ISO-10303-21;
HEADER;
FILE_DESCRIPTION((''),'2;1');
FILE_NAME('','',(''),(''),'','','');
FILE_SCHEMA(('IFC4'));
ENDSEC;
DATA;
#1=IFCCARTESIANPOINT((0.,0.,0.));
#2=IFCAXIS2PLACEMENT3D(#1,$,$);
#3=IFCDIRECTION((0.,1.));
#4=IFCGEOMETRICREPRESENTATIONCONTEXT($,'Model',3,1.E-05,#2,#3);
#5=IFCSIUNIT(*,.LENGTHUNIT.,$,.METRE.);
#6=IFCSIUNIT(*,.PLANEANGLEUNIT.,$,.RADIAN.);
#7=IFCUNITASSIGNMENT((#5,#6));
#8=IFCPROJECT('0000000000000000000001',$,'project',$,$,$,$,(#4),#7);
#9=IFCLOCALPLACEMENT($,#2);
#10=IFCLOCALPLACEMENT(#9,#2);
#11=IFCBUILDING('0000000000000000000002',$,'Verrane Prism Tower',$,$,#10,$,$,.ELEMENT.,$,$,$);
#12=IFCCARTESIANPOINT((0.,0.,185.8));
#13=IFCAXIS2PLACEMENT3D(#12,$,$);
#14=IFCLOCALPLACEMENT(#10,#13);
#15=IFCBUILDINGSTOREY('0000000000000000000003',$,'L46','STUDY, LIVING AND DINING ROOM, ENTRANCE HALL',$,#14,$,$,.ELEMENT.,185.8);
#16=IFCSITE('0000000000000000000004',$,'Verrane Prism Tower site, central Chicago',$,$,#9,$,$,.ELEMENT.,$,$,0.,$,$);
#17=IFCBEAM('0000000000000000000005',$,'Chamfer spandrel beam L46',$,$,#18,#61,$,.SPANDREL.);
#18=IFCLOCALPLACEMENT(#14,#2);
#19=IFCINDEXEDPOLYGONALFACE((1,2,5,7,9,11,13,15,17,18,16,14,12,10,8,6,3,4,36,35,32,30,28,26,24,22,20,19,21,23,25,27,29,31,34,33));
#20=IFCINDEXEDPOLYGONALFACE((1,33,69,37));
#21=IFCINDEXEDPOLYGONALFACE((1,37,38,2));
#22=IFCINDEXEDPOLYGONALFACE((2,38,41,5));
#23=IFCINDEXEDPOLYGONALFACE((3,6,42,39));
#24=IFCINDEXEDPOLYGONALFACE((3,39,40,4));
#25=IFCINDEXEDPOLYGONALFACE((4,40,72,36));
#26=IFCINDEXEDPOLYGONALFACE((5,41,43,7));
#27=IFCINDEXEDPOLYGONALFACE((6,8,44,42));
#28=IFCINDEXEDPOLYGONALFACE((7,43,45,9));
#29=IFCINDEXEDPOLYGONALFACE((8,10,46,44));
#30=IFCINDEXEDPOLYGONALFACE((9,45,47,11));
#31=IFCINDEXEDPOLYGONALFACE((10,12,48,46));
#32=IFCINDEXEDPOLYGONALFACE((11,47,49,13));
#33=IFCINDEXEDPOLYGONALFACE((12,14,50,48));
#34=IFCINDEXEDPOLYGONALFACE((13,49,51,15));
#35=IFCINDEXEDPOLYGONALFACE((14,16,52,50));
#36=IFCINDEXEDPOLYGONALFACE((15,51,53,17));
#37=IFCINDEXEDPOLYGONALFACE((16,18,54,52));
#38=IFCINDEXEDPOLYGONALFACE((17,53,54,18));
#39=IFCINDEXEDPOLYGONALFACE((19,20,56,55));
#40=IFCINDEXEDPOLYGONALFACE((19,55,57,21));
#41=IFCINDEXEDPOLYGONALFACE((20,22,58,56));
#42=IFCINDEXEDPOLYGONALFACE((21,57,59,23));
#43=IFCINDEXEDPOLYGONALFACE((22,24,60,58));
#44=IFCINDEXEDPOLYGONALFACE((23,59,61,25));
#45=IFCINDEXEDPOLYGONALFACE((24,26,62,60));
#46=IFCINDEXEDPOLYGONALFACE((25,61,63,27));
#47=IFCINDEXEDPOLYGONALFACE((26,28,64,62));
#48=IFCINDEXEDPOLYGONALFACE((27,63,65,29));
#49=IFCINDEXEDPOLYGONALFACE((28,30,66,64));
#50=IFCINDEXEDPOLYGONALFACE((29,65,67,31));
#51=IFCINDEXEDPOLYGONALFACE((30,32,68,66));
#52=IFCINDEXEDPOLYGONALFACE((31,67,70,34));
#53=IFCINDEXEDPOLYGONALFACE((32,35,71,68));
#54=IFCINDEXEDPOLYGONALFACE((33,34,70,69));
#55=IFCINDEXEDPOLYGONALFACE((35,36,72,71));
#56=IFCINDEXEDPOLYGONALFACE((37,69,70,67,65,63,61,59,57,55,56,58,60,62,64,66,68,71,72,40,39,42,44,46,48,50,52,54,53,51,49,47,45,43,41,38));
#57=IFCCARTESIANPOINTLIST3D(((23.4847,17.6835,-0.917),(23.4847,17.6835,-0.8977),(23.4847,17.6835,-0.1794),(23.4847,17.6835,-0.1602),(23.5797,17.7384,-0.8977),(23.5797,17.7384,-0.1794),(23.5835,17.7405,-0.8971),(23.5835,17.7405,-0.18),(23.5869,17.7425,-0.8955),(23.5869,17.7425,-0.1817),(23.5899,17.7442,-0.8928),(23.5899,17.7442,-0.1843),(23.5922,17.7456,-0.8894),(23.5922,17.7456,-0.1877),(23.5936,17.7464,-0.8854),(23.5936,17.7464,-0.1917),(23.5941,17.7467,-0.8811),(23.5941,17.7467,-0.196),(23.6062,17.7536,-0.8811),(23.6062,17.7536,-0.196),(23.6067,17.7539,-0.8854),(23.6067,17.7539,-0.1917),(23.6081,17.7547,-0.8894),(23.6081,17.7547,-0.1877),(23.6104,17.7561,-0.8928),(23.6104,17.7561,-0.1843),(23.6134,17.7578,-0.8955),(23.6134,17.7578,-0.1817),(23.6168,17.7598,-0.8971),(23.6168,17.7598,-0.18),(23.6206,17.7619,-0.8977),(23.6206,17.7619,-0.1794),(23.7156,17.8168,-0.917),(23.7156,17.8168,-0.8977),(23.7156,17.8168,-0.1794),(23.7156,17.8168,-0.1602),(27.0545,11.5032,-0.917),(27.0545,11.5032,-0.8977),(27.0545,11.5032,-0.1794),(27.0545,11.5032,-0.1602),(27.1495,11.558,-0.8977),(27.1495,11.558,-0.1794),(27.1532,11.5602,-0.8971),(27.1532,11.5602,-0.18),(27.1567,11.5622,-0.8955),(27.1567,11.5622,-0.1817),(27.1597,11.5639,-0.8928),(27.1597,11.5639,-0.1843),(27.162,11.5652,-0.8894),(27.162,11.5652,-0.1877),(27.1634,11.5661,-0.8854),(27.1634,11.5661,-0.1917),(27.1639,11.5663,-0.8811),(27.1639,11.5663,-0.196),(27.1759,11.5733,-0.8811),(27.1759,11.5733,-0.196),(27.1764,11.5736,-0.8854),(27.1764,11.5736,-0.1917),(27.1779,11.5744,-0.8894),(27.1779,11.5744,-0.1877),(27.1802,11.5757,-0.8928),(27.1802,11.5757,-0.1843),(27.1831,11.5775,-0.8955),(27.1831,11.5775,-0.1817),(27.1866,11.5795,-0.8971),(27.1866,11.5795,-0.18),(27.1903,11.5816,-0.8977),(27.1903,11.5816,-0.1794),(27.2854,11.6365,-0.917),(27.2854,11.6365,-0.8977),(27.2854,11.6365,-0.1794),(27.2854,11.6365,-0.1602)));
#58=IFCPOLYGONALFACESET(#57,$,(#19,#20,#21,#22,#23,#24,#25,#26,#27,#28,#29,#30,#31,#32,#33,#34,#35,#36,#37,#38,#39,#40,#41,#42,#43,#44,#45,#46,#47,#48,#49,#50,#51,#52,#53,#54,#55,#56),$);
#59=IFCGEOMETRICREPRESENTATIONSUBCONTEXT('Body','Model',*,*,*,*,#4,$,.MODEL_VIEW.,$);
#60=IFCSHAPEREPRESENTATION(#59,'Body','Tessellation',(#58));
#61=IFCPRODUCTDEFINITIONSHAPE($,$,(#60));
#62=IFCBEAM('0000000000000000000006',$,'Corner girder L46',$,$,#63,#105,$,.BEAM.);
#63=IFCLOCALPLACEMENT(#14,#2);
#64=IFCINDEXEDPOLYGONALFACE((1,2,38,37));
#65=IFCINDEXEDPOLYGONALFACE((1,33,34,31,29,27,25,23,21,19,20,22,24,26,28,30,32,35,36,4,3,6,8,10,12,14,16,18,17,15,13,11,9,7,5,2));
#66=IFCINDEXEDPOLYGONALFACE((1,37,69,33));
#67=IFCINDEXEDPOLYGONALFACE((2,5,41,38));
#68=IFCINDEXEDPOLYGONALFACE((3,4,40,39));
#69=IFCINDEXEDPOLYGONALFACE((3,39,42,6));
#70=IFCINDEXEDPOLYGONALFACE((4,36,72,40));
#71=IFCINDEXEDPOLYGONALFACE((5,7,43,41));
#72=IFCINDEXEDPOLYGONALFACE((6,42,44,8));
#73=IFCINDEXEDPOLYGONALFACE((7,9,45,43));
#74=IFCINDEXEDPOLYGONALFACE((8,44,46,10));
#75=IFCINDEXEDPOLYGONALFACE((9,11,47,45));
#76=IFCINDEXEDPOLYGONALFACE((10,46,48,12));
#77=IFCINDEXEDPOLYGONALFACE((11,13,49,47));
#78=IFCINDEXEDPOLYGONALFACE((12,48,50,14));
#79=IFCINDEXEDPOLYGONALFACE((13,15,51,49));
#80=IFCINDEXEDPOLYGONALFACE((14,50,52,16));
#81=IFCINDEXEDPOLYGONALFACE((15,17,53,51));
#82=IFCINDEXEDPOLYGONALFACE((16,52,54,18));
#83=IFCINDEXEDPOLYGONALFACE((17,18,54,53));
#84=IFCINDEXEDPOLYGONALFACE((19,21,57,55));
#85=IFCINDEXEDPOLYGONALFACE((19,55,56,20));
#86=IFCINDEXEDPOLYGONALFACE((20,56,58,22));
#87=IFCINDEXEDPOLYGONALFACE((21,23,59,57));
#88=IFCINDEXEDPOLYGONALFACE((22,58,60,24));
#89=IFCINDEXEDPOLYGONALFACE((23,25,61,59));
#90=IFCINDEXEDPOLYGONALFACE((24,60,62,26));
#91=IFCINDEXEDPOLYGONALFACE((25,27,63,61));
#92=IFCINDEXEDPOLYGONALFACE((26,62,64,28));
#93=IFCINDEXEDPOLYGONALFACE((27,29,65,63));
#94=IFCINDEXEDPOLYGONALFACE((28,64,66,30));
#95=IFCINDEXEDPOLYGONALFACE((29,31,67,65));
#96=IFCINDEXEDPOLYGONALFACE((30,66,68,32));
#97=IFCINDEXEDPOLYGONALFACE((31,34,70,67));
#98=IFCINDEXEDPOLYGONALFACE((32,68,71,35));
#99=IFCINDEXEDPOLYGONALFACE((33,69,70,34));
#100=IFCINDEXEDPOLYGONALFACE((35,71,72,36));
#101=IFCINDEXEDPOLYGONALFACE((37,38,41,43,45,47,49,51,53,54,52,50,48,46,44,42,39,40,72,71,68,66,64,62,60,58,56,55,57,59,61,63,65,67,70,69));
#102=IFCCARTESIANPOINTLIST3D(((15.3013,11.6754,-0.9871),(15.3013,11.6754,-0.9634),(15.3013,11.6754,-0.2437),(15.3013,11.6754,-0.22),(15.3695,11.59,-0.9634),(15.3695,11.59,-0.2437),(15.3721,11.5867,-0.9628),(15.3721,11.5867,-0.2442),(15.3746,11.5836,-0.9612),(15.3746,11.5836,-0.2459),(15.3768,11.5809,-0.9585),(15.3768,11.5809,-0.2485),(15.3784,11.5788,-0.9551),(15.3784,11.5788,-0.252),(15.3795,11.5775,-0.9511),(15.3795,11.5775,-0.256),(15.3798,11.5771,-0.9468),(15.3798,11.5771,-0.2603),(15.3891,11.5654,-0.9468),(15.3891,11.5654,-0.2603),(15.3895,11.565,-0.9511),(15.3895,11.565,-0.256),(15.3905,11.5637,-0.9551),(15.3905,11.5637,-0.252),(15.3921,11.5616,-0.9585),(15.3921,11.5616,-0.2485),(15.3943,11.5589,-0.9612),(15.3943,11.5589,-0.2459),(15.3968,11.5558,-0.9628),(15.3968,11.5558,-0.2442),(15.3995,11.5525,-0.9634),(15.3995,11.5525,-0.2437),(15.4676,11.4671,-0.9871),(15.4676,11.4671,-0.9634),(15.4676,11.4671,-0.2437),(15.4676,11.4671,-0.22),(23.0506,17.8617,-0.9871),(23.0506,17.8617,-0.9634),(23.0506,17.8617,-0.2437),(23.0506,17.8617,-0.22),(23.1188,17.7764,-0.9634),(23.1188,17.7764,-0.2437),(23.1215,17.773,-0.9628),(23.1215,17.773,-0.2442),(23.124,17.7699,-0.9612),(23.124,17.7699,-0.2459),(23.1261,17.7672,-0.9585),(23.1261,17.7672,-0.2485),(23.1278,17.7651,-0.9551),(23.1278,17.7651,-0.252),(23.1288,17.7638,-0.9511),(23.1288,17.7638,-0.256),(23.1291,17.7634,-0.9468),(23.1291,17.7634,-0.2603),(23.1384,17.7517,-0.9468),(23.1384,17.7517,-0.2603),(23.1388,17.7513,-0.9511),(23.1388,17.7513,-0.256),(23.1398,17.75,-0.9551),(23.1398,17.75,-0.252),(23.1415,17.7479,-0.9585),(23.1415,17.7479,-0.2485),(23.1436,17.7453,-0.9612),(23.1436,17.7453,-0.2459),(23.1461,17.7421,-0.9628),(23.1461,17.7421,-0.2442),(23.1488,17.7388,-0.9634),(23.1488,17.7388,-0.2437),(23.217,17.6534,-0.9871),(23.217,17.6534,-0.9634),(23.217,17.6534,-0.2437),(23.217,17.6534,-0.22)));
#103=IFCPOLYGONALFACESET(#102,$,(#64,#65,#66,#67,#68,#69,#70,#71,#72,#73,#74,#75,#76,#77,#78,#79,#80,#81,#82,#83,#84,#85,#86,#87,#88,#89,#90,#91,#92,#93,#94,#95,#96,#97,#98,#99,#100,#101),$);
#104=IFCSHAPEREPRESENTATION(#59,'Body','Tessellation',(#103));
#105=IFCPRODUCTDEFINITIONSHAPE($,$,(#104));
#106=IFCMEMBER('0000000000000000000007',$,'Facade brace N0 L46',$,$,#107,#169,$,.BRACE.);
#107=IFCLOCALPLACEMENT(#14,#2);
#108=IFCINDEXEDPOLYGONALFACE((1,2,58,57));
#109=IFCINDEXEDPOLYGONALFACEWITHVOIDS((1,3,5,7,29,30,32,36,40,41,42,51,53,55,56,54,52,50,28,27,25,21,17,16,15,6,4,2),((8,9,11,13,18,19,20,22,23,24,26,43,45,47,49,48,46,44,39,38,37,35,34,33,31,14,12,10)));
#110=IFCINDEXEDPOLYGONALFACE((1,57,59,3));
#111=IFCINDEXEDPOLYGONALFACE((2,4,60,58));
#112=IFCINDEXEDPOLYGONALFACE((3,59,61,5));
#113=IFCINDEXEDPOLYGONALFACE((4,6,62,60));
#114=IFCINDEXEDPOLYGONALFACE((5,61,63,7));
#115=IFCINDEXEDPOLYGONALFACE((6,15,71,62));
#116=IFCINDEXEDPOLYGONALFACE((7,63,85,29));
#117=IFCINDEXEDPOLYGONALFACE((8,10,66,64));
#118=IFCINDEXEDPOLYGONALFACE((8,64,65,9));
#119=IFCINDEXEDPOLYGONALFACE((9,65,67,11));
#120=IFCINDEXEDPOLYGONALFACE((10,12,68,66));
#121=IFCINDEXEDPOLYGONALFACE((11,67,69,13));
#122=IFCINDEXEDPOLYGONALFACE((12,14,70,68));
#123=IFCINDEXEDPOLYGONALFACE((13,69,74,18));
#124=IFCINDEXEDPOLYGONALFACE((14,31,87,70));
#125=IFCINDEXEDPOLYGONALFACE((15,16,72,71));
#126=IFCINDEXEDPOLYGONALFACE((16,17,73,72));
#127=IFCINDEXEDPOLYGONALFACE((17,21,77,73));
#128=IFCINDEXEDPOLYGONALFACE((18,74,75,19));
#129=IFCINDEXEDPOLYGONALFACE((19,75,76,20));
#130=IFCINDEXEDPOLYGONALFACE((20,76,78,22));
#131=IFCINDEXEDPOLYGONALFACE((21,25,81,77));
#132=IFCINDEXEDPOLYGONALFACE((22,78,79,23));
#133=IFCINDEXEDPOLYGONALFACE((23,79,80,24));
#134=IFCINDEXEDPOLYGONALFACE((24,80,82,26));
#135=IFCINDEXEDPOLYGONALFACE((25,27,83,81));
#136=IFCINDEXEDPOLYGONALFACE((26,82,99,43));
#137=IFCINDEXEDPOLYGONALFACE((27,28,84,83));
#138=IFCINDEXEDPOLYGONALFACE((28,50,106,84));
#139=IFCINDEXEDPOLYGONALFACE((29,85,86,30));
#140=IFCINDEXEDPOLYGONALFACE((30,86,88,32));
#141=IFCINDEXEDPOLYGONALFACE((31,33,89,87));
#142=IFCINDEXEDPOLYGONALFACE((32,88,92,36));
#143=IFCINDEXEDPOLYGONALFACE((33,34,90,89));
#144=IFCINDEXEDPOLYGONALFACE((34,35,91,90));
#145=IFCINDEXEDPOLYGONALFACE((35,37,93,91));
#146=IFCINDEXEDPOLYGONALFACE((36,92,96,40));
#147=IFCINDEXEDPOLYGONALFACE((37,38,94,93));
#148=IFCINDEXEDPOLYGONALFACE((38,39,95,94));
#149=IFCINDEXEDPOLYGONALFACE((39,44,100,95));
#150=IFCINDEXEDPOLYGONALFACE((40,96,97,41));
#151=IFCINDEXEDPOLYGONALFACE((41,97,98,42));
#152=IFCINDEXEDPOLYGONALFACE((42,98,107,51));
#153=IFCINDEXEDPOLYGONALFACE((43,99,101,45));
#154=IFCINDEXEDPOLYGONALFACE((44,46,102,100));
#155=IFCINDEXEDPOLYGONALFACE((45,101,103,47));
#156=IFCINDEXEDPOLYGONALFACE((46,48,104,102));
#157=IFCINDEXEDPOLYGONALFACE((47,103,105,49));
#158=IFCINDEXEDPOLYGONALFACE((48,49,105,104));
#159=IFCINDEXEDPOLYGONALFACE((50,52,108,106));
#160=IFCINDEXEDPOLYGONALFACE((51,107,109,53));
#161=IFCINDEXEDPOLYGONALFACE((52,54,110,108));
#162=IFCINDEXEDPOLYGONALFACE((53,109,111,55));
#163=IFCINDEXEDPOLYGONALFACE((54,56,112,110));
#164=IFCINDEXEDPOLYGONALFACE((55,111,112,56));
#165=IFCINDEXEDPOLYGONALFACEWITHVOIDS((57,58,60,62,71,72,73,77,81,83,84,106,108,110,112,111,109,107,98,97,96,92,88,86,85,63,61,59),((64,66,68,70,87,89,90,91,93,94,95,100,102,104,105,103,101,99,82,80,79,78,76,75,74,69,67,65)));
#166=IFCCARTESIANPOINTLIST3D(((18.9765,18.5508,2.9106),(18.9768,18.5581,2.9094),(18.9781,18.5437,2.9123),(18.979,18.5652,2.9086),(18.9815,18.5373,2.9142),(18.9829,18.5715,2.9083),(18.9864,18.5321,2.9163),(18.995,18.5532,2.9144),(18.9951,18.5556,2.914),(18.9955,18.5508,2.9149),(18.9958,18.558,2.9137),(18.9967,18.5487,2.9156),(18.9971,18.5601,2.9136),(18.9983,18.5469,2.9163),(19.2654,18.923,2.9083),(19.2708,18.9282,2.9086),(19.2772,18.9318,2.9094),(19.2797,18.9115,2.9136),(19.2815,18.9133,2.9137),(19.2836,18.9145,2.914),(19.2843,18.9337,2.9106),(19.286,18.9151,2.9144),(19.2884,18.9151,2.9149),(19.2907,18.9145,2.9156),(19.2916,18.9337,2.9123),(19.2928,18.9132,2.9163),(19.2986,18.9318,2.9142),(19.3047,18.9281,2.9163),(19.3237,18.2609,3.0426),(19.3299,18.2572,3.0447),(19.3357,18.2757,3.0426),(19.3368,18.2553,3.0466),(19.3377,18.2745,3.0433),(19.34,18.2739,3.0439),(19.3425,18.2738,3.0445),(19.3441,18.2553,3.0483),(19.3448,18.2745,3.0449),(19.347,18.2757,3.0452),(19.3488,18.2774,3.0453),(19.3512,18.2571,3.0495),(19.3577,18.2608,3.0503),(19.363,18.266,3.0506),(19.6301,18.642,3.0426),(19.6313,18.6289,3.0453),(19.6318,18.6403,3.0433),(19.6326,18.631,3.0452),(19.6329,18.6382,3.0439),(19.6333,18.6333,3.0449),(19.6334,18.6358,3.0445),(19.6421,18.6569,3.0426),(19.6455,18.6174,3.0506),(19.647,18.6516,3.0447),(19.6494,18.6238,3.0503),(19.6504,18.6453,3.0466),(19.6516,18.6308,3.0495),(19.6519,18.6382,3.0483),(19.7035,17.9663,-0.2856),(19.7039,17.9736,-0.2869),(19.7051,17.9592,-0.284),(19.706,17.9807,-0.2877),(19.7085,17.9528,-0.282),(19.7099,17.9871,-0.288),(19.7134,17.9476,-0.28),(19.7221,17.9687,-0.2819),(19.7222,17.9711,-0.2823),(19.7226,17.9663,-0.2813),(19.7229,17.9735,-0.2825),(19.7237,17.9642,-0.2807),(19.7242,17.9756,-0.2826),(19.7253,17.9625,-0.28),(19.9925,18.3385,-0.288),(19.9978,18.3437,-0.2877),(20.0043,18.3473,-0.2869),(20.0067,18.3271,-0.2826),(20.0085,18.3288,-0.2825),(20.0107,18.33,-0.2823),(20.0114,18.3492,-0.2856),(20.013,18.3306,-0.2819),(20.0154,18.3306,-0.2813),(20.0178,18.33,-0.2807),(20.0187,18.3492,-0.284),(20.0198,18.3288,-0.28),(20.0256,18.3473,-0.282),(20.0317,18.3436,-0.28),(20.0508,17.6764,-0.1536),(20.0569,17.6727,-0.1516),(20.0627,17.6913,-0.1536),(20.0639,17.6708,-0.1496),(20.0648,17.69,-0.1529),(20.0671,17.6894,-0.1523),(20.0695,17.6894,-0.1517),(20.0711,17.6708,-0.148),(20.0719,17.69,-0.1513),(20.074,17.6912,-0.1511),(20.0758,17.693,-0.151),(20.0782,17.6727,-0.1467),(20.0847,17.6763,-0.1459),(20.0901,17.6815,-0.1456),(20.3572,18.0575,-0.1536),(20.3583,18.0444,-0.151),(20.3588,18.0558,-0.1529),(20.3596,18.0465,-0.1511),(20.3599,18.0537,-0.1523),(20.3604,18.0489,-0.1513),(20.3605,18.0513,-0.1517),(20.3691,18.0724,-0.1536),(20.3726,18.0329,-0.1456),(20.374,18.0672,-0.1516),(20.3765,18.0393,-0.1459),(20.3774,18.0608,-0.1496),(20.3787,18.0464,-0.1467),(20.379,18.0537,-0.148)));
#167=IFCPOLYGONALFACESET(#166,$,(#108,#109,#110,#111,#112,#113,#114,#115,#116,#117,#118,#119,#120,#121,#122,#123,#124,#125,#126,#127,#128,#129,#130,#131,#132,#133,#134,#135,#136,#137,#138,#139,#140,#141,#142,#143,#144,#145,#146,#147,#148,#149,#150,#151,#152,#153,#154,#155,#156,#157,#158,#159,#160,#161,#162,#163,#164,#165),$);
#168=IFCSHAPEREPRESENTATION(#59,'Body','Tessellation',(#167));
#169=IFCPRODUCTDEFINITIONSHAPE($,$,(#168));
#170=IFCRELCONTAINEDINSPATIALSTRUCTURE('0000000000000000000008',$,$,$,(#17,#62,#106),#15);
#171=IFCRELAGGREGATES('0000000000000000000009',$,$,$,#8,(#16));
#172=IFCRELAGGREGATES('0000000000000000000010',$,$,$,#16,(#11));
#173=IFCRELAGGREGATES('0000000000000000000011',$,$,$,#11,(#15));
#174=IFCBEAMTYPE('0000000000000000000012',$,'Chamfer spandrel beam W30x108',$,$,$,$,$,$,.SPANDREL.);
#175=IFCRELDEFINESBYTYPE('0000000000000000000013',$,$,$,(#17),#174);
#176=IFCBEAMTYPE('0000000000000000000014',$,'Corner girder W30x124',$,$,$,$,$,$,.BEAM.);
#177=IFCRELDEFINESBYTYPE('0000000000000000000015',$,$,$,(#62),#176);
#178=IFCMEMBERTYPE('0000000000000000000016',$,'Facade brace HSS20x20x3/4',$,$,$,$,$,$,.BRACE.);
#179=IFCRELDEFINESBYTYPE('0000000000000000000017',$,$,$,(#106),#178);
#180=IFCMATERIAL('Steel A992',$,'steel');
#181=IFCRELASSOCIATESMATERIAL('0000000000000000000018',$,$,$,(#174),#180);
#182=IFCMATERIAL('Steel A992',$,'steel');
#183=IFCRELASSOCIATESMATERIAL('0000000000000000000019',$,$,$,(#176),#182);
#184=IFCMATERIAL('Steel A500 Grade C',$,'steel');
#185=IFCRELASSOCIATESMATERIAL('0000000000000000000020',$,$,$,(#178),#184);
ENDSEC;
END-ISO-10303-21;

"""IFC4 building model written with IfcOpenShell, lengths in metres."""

from ifc_helpers import new_model, si_unit, direction, frame, origin, origin_2d, place, context, subcontext, project, spatial, hollow_rectangle, i_section, extrude, material, material_profile, profile_set, type_object, element, save


model = new_model("IFC4")

# Units and contexts
model_context = context("Model", 3, precision=1e-05, world=origin(), true_north=direction((0.0, 1.0)))
body_context = subcontext(model_context, "Body", "Model", "MODEL_VIEW")
ifc_project = project(units=[si_unit("LENGTHUNIT", "METRE"), si_unit("PLANEANGLEUNIT", "RADIAN")], contexts=[model_context])

# Site, building, storey
site_placement = place(None, origin())
site = spatial("IfcSite", under=ifc_project, at=site_placement, Name="Verrane Prism Tower site, central Chicago", CompositionType="ELEMENT", RefElevation=0.0)
building_placement = place(site_placement, origin())
building = spatial("IfcBuilding", under=site, at=building_placement, Name="Verrane Prism Tower", CompositionType="ELEMENT")
storey_placement = place(building_placement, frame((0.0, 0.0, 185.8)))
storey = spatial("IfcBuildingStorey", under=building, at=storey_placement, Name="L46", Description="STUDY, LIVING AND DINING ROOM, ENTRANCE HALL", CompositionType="ELEMENT", Elevation=185.8)

# Beams
ifc_material_1 = material(Name="Steel A992", Category="steel")
ifc_material_profile_1 = material_profile(ifc_material_1, i_section(OverallWidth=0.2666, OverallDepth=0.7568, WebThickness=0.0139, FlangeThickness=0.0193, FilletRadius=0.0166, at=origin_2d()), Name="W30x108")
ifc_profile_set_1 = profile_set([ifc_material_profile_1], Name="Steel A992")
beam_type_1 = type_object("IfcBeamType", Name="Chamfer spandrel beam W30x108", PredefinedType="SPANDREL", material=ifc_profile_set_1)
beam_1_placement = place(storey_placement, frame((27.1699, 11.5698, -0.5386), z_axis=(-0.500164, 0.865931, 0.0), x_axis=(-0.865931, -0.500164, 0.0)))
element("IfcBeam", 1, at=beam_1_placement, inside=storey, type_object=beam_type_1, Name="Chamfer spandrel beam L46", PredefinedType="SPANDREL", context=body_context, shape_type="SweptSolid", body=[
    extrude(i_section(OverallWidth=0.2666, OverallDepth=0.7568, WebThickness=0.0139, FlangeThickness=0.0193, FilletRadius=0.0166, at=origin_2d()), origin(), (0.0, 0.0, 1.0), 7.1372),
])
ifc_material_2 = material(Name="Steel A992", Category="steel")
ifc_material_profile_2 = material_profile(ifc_material_2, i_section(OverallWidth=0.2666, OverallDepth=0.7671, WebThickness=0.0149, FlangeThickness=0.0237, FilletRadius=0.0166, at=origin_2d()), Name="W30x124")
ifc_profile_set_2 = profile_set([ifc_material_profile_2], Name="Steel A992")
beam_type_2 = type_object("IfcBeamType", Name="Corner girder W30x124", PredefinedType="BEAM", material=ifc_profile_set_2)
beam_2_placement = place(storey_placement, frame((23.1338, 17.7576, -0.6035), z_axis=(-0.781515, -0.623887, 0.0), x_axis=(0.623887, -0.781515, 0.0)))
element("IfcBeam", 2, at=beam_2_placement, inside=storey, type_object=beam_type_2, Name="Corner girder L46", PredefinedType="BEAM", context=body_context, shape_type="SweptSolid", body=[
    extrude(i_section(OverallWidth=0.2666, OverallDepth=0.7671, WebThickness=0.0149, FlangeThickness=0.0237, FilletRadius=0.0166, at=origin_2d()), origin(), (0.0, 0.0, 1.0), 9.9158),
])

# Member
ifc_material_3 = material(Name="Steel A500 Grade C", Category="steel")
ifc_material_profile_3 = material_profile(ifc_material_3, hollow_rectangle(XDim=0.5081, YDim=0.5081, WallThickness=0.019, InnerFilletRadius=0.0095, OuterFilletRadius=0.0286, at=origin_2d()), Name="HSS20x20x3/4")
ifc_profile_set_3 = profile_set([ifc_material_profile_3], Name="Steel A500 Grade C")
member_type_1 = type_object("IfcMemberType", Name="Facade brace HSS20x20x3/4", PredefinedType="BRACE", material=ifc_profile_set_3)
member_1_placement = place(storey_placement, frame((20.0413, 18.01, -0.2168), z_axis=(-0.218357, 0.175537, 0.959952), x_axis=(-0.626544, -0.779386, 0.0)))
element("IfcMember", 3, at=member_1_placement, inside=storey, type_object=member_type_1, Name="Facade brace N0 L46", PredefinedType="BRACE", context=body_context, shape_type="SweptSolid", body=[
    extrude(hollow_rectangle(XDim=0.5081, YDim=0.5081, WallThickness=0.019, InnerFilletRadius=0.0095, OuterFilletRadius=0.0286, at=origin_2d()), origin(), (0.0, 0.0, 1.0), 3.3296),
])

save(model, "model.ifc")
